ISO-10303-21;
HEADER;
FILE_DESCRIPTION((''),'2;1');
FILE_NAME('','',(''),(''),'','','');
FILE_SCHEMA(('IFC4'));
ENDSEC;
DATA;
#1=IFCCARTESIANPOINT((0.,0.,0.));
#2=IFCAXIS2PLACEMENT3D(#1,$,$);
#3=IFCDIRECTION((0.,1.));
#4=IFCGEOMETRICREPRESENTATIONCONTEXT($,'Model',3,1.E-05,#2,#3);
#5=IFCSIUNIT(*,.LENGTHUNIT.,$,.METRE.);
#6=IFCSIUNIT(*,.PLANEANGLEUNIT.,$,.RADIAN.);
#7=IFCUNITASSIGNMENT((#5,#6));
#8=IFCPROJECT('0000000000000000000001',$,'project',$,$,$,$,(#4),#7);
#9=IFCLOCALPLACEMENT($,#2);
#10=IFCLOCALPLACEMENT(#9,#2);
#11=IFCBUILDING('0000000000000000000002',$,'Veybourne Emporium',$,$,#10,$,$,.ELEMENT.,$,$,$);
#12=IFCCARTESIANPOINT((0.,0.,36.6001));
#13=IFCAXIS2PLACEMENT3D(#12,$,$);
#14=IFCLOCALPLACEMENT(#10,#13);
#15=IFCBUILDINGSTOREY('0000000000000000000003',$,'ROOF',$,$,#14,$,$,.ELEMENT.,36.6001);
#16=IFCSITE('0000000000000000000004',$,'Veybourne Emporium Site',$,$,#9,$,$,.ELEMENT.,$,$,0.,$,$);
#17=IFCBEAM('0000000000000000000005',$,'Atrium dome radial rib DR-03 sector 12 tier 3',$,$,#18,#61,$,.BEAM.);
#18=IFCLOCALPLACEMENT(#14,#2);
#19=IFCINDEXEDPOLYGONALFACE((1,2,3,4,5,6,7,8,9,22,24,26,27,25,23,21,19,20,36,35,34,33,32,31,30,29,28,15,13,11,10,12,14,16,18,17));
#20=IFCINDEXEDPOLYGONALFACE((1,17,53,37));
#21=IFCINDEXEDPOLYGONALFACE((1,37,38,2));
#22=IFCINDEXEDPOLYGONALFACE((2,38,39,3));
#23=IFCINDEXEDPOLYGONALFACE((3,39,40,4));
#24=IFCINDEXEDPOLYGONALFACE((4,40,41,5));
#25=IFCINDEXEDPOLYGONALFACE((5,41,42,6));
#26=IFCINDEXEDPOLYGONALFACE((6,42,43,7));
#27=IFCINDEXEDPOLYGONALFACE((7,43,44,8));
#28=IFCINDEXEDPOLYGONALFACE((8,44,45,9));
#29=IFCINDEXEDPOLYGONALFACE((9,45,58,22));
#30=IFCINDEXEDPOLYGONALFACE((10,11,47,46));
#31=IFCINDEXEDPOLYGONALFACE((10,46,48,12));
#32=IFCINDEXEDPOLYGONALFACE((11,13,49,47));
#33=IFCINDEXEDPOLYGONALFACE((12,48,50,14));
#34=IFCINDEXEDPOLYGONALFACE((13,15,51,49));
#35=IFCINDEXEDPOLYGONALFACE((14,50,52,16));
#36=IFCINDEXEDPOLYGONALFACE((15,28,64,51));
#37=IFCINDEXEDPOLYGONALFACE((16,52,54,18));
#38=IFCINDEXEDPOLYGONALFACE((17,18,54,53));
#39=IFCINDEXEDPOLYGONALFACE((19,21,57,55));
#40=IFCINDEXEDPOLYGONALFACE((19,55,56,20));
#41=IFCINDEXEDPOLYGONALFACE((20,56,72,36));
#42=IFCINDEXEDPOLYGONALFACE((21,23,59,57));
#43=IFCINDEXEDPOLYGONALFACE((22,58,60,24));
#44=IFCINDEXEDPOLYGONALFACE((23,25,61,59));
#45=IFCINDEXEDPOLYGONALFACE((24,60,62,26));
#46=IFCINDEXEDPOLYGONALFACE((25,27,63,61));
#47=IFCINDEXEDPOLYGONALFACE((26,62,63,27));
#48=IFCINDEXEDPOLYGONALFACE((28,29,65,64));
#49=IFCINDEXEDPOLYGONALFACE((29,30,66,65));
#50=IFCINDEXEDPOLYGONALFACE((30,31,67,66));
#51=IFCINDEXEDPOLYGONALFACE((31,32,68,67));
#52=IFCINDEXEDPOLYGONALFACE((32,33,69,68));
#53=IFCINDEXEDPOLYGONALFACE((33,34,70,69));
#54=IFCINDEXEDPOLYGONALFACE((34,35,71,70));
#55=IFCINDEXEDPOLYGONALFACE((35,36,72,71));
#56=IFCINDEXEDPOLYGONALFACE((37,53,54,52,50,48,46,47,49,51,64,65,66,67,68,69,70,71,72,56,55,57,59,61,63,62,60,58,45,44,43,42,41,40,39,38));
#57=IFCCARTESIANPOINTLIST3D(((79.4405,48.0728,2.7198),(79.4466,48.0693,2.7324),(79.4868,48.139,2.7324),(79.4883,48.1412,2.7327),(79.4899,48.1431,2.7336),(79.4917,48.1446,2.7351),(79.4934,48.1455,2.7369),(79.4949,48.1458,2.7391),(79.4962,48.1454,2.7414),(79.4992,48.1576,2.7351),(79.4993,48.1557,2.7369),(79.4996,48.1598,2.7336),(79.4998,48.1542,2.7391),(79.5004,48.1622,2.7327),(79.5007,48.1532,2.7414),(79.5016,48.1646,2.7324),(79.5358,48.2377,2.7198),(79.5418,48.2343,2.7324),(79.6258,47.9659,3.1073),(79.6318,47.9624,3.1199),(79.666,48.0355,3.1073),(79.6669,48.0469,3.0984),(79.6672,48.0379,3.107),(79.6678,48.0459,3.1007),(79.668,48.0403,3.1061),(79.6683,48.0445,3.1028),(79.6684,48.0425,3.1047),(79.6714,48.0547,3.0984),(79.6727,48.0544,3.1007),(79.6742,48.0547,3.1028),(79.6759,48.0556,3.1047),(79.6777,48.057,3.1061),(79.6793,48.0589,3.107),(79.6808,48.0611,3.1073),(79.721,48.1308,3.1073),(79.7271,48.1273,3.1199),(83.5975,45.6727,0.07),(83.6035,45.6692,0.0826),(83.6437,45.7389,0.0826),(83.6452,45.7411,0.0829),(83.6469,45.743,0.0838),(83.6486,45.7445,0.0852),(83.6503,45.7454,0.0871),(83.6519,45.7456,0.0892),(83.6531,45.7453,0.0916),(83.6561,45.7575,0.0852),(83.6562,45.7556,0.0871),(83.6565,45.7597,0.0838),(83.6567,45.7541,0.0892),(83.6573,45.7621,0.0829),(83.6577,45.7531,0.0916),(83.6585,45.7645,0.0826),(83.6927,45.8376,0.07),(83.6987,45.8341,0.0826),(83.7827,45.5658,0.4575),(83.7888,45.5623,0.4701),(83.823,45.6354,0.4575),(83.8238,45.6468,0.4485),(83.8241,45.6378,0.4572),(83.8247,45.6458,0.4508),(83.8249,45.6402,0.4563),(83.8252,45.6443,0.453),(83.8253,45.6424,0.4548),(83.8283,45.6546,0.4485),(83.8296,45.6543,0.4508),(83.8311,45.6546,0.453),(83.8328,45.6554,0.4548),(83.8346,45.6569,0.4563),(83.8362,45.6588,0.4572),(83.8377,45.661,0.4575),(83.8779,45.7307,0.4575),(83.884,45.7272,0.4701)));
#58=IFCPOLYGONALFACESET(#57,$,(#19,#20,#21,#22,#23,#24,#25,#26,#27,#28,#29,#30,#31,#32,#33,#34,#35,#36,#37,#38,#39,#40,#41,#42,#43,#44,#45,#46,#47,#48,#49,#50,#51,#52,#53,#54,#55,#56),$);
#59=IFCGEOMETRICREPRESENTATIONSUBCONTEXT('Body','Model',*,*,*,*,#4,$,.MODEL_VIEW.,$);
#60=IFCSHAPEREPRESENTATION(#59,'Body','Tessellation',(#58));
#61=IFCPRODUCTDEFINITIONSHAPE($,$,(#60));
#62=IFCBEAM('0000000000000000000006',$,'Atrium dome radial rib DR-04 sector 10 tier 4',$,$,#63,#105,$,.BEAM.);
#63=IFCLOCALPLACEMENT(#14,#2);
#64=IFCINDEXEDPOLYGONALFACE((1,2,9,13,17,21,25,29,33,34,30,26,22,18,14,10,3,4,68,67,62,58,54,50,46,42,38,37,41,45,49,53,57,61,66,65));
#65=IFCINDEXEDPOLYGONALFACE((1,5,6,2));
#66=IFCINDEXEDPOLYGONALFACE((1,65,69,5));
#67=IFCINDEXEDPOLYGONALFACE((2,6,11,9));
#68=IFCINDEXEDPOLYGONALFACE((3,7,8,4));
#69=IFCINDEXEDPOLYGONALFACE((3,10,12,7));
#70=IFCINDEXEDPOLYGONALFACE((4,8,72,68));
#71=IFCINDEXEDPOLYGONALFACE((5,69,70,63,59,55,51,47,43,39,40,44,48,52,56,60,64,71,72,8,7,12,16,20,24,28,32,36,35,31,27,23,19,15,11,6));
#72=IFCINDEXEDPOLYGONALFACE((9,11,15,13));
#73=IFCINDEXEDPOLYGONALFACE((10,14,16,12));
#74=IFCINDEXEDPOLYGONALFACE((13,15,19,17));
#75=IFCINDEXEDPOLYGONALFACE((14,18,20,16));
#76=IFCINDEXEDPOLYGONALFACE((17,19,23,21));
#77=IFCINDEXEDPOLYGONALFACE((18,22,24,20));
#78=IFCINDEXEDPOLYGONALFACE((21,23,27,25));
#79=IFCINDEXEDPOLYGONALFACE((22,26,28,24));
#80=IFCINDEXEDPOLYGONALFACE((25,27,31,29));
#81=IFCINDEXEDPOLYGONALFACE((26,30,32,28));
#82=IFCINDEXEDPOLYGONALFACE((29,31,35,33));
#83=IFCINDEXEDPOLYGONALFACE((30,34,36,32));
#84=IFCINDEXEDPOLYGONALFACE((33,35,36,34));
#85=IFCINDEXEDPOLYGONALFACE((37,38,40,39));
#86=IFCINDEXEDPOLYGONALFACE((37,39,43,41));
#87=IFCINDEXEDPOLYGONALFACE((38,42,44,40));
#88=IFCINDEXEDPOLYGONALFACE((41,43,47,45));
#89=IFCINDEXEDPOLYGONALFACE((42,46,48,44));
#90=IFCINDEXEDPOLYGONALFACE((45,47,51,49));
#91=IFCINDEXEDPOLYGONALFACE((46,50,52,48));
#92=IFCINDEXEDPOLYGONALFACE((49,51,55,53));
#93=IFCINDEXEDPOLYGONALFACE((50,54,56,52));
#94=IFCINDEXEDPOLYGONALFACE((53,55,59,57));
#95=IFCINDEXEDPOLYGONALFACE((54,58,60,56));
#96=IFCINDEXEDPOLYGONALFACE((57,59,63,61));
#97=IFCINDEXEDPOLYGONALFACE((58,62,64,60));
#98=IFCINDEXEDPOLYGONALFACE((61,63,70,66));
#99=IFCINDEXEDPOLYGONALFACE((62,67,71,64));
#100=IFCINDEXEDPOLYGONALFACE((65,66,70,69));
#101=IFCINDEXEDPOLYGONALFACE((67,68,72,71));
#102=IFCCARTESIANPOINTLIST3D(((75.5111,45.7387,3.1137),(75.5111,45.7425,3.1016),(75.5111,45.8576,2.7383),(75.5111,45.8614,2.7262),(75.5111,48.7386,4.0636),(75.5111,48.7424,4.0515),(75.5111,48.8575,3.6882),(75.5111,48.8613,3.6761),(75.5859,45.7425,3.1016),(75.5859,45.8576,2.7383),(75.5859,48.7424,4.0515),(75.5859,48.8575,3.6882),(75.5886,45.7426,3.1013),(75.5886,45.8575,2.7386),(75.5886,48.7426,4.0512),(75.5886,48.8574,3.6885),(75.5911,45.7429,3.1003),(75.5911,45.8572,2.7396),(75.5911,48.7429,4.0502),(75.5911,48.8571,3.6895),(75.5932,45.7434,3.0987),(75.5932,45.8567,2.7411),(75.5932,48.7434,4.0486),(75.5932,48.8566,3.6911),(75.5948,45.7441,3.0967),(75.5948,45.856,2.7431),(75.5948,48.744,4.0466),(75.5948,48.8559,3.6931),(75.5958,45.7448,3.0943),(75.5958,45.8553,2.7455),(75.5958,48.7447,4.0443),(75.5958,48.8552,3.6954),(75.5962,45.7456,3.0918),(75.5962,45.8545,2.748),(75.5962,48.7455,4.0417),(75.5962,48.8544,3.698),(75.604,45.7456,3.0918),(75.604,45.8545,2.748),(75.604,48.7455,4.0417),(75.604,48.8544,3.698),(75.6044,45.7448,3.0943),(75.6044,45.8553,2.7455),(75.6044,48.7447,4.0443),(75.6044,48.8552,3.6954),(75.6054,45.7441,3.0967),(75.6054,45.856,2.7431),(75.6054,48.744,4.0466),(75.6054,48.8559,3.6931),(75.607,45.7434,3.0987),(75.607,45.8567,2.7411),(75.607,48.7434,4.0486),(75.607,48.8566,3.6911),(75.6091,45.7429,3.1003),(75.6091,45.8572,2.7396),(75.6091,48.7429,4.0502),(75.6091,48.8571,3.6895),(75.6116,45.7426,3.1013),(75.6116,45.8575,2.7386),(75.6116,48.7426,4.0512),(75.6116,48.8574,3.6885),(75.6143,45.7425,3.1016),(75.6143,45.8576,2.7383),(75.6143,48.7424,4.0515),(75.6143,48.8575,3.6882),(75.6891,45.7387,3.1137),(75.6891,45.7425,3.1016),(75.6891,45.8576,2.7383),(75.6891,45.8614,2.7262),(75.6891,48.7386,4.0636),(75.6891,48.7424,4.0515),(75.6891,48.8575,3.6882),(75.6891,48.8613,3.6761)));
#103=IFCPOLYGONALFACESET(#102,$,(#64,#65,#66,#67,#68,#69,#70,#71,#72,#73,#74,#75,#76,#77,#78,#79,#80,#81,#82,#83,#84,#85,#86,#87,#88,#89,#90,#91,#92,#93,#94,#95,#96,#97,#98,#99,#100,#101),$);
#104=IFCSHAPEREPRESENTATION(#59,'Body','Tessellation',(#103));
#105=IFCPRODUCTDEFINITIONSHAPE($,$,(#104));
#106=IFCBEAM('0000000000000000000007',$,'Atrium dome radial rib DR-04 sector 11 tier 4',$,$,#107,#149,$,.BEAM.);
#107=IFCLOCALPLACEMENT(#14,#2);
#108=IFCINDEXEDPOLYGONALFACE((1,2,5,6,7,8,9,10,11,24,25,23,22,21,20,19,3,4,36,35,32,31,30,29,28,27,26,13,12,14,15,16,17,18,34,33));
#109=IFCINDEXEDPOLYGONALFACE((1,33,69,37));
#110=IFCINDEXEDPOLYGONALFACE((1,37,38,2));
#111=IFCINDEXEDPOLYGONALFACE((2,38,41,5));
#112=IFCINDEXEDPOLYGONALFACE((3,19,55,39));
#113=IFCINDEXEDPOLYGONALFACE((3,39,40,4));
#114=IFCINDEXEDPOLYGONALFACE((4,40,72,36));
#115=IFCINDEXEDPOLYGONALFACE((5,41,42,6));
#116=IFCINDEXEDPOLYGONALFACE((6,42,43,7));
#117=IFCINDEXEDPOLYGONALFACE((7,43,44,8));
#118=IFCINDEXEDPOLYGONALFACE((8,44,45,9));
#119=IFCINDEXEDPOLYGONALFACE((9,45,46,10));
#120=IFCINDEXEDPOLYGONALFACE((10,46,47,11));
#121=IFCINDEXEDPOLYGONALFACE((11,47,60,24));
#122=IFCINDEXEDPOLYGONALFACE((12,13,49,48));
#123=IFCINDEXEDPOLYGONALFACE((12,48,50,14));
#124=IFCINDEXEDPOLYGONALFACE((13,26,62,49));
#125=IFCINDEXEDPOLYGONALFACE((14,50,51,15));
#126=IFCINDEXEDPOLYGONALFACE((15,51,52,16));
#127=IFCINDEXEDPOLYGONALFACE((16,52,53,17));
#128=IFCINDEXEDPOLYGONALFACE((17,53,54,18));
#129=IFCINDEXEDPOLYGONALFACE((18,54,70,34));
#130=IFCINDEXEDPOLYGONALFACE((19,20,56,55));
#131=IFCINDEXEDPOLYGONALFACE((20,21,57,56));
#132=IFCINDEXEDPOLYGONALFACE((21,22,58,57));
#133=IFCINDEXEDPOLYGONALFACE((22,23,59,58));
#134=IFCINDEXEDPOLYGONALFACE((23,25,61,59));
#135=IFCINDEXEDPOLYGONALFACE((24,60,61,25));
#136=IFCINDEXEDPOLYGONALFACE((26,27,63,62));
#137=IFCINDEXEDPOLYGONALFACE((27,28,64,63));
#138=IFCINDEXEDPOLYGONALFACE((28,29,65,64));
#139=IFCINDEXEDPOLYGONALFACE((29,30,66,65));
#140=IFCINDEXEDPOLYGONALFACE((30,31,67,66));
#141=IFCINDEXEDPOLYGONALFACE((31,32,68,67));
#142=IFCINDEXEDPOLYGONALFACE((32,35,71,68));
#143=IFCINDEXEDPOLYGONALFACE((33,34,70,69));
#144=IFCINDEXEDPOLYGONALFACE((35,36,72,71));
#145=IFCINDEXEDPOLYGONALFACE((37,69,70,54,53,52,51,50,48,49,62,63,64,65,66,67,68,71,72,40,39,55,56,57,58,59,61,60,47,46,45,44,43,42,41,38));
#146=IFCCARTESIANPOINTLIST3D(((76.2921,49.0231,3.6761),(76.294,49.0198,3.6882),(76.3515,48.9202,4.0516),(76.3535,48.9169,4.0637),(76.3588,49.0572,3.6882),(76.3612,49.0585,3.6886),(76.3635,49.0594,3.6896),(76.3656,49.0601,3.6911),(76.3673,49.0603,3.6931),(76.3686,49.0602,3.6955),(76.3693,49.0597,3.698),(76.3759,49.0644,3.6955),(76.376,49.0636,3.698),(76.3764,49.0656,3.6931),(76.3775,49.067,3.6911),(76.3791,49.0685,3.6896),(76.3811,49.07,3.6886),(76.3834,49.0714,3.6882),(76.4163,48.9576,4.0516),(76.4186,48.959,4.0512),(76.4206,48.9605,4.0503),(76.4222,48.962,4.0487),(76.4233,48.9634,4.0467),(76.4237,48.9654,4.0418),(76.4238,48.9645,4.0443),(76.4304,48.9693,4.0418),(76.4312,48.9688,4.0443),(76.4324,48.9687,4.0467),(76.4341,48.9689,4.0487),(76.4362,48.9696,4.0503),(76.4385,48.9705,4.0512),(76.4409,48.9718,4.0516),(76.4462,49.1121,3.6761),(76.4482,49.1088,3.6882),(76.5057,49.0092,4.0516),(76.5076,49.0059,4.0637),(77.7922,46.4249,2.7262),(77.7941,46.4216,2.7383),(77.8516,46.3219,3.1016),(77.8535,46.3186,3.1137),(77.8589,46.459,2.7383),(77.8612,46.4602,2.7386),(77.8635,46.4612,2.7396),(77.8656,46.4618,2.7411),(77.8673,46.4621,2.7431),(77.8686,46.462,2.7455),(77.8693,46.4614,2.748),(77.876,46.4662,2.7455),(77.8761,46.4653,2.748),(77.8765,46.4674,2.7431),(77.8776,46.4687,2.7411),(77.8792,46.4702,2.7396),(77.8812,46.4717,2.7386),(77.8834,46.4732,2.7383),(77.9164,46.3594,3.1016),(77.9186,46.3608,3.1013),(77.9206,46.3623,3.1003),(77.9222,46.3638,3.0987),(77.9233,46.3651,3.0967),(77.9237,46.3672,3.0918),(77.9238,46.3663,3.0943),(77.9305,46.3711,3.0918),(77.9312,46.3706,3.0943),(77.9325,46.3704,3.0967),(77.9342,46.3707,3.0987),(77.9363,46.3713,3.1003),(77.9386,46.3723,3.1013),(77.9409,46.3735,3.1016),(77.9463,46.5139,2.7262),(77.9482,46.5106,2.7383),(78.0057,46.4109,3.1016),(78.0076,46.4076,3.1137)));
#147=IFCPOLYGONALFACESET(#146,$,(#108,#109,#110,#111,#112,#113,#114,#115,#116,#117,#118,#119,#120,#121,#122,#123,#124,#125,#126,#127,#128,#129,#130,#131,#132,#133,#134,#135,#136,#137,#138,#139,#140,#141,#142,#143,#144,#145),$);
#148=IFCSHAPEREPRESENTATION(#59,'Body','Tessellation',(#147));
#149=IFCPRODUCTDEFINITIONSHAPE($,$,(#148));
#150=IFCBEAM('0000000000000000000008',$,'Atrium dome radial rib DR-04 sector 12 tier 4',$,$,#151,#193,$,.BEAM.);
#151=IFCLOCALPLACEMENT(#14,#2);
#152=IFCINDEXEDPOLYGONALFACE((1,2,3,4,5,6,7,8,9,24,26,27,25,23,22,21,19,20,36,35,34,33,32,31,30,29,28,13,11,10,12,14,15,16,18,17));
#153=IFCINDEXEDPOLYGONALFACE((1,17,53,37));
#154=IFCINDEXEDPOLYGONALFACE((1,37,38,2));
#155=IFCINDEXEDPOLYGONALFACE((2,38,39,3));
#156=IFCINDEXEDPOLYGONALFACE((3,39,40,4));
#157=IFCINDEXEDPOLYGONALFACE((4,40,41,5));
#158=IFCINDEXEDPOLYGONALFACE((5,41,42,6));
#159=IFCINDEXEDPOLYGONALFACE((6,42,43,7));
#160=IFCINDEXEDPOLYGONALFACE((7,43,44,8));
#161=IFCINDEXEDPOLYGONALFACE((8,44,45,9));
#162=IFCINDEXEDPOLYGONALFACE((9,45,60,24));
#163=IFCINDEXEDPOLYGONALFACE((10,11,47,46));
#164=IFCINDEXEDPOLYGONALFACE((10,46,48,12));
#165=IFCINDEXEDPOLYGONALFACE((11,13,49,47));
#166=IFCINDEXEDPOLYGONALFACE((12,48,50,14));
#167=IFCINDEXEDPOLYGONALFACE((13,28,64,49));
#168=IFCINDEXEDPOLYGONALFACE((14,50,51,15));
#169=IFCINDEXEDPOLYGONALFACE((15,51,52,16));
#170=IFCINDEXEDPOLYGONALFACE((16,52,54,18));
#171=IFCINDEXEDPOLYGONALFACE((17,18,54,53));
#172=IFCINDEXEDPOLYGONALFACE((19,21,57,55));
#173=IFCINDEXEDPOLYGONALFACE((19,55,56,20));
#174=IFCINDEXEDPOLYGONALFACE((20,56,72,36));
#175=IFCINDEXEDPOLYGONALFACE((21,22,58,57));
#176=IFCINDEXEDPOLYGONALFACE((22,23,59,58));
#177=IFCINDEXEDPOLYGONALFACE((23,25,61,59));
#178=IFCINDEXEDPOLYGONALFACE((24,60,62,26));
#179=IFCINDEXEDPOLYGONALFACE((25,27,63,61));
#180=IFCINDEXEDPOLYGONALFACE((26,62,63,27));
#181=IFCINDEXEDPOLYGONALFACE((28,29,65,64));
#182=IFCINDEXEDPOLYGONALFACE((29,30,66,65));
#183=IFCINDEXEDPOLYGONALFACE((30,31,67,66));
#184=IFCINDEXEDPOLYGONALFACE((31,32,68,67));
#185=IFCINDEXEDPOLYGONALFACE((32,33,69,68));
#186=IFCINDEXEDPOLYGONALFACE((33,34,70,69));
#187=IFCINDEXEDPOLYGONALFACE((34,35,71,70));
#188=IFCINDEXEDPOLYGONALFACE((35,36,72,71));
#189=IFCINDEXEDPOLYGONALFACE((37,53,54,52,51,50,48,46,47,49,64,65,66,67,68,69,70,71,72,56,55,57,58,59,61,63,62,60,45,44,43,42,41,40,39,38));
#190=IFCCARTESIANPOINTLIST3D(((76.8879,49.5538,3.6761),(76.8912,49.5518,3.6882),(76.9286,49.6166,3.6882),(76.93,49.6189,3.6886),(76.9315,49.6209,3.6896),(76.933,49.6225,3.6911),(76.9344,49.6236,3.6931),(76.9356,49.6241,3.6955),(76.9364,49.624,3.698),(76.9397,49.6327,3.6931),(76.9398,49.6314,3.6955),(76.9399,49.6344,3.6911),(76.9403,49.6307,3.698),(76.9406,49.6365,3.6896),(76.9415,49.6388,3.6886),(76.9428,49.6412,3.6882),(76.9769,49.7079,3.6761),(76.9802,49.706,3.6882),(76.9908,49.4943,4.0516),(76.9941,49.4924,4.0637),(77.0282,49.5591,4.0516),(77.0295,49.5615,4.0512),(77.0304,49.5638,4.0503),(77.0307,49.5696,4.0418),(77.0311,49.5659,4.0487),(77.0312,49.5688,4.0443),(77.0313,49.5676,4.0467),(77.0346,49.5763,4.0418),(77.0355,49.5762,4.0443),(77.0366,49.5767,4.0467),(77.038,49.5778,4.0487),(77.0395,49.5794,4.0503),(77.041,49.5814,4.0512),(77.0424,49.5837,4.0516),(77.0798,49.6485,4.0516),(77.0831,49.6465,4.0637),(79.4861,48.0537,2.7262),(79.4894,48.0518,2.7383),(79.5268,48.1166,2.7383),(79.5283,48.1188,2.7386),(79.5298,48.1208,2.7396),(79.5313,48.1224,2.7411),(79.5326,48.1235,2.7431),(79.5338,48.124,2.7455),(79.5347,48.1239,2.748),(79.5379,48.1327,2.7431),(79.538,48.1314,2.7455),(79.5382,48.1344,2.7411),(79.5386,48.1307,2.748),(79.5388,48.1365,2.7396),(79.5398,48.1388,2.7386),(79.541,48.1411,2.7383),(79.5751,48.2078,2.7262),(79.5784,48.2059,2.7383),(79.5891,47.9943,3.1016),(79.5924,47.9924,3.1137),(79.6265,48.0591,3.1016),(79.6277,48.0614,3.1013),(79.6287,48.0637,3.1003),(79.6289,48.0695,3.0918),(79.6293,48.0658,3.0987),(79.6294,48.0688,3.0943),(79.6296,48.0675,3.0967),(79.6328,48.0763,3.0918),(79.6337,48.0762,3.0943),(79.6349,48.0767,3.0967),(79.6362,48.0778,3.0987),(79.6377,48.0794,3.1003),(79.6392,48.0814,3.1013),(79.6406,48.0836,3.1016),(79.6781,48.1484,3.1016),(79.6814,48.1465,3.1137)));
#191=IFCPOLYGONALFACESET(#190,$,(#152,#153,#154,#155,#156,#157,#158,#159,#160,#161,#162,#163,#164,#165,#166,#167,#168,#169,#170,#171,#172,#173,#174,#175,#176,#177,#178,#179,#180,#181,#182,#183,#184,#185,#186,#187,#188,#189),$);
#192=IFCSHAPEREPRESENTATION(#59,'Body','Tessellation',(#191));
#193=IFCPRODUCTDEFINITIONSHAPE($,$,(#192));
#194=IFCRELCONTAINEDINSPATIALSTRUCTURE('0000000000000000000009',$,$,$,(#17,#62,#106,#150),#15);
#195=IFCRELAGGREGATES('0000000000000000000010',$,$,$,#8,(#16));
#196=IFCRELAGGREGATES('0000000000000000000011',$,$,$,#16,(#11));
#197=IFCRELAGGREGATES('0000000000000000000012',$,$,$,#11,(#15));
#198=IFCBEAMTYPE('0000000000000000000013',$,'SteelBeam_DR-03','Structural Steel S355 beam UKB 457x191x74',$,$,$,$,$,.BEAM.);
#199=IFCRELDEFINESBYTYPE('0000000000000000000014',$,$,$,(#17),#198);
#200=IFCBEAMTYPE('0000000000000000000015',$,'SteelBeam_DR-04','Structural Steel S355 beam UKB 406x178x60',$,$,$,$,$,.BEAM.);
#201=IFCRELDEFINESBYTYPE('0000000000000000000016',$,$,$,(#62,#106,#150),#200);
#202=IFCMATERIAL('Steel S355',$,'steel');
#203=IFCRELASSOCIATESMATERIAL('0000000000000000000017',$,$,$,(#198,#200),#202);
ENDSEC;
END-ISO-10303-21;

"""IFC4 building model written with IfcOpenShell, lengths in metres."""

from ifc_helpers import new_model, si_unit, direction, frame, origin, origin_2d, place, context, subcontext, project, spatial, i_section, extrude, material, material_profile, profile_set, type_object, element, save


model = new_model("IFC4")

# Units and contexts
model_context = context("Model", 3, precision=1e-05, world=origin(), true_north=direction((0.0, 1.0)))
body_context = subcontext(model_context, "Body", "Model", "MODEL_VIEW")
ifc_project = project(units=[si_unit("LENGTHUNIT", "METRE"), si_unit("PLANEANGLEUNIT", "RADIAN")], contexts=[model_context])

# Site, building, storey
site_placement = place(None, origin())
site = spatial("IfcSite", under=ifc_project, at=site_placement, Name="Veybourne Emporium Site", CompositionType="ELEMENT", RefElevation=0.0)
building_placement = place(site_placement, origin())
building = spatial("IfcBuilding", under=site, at=building_placement, Name="Veybourne Emporium", CompositionType="ELEMENT")
storey_placement = place(building_placement, frame((0.0, 0.0, 36.6001)))
storey = spatial("IfcBuildingStorey", under=building, at=storey_placement, Name="ROOF", CompositionType="ELEMENT", Elevation=36.6001)

# Beams
ifc_material_1 = material(Name="Steel S355", Category="steel")
ifc_material_profile_1 = material_profile(ifc_material_1, i_section(OverallWidth=0.1904, OverallDepth=0.457, WebThickness=0.009, FlangeThickness=0.0144, FilletRadius=0.0103, at=origin_2d()), Name="UKB 457x191x74")
ifc_profile_set_1 = profile_set([ifc_material_profile_1], Name="Steel S355")
beam_type_1 = type_object("IfcBeamType", Name="SteelBeam_DR-03", Description="Structural Steel S355 beam UKB 457x191x74", PredefinedType="BEAM", material=ifc_profile_set_1)
beam_1_placement = place(storey_placement, frame((83.7407, 45.7, 0.27), z_axis=(-0.75816, 0.437744, 0.483295), x_axis=(-0.500017, -0.866015, 0.0)))
element("IfcBeam", 1, at=beam_1_placement, inside=storey, type_object=beam_type_1, Name="Atrium dome radial rib DR-03 sector 12 tier 3", PredefinedType="BEAM", context=body_context, shape_type="SweptSolid", body=[
    extrude(i_section(OverallWidth=0.1904, OverallDepth=0.457, WebThickness=0.009, FlangeThickness=0.0144, FilletRadius=0.0103, at=origin_2d()), origin(), (0.0, 0.0, 1.0), 5.4829),
])
ifc_material_profile_2 = material_profile(ifc_material_1, i_section(OverallWidth=0.178, OverallDepth=0.4065, WebThickness=0.0078, FlangeThickness=0.0127, FilletRadius=0.0103, at=origin_2d()), Name="UKB 406x178x60")
ifc_profile_set_2 = profile_set([ifc_material_profile_2], Name="Steel S355")
beam_type_2 = type_object("IfcBeamType", Name="SteelBeam_DR-04", Description="Structural Steel S355 beam UKB 406x178x60", PredefinedType="BEAM", material=ifc_profile_set_2)
beam_2_placement = place(storey_placement, frame((75.6001, 45.8, 2.9199), z_axis=(0.0, 0.953347, 0.301878), x_axis=(-1.0, 0.0, 0.0)))
element("IfcBeam", 2, at=beam_2_placement, inside=storey, type_object=beam_type_2, Name="Atrium dome radial rib DR-04 sector 10 tier 4", PredefinedType="BEAM", context=body_context, shape_type="SweptSolid", body=[
    extrude(i_section(OverallWidth=0.178, OverallDepth=0.4065, WebThickness=0.0078, FlangeThickness=0.0127, FilletRadius=0.0103, at=origin_2d()), origin(), (0.0, 0.0, 1.0), 3.1467),
])
for number, where, z_axis, x_axis, name in (
    (3, (77.8999, 46.4163, 2.9199), (-0.476665, 0.825629, 0.301872), (-0.866031, -0.49999, 0.0), "Atrium dome radial rib DR-04 sector 11 tier 4"),
    (4, (79.5837, 48.1001, 2.9199), (-0.825629, 0.476665, 0.301872), (-0.49999, -0.866031, 0.0), "Atrium dome radial rib DR-04 sector 12 tier 4"),
):
    element("IfcBeam", number, at=place(storey_placement, frame(where, z_axis=z_axis, x_axis=x_axis)), inside=storey, type_object=beam_type_2, Name=name, PredefinedType="BEAM", context=body_context, shape_type="SweptSolid", body=[
        extrude(i_section(OverallWidth=0.178, OverallDepth=0.4065, WebThickness=0.0078, FlangeThickness=0.0127, FilletRadius=0.0103, at=origin_2d()), origin(), (0.0, 0.0, 1.0), 3.147),
    ])

save(model, "model.ifc")
